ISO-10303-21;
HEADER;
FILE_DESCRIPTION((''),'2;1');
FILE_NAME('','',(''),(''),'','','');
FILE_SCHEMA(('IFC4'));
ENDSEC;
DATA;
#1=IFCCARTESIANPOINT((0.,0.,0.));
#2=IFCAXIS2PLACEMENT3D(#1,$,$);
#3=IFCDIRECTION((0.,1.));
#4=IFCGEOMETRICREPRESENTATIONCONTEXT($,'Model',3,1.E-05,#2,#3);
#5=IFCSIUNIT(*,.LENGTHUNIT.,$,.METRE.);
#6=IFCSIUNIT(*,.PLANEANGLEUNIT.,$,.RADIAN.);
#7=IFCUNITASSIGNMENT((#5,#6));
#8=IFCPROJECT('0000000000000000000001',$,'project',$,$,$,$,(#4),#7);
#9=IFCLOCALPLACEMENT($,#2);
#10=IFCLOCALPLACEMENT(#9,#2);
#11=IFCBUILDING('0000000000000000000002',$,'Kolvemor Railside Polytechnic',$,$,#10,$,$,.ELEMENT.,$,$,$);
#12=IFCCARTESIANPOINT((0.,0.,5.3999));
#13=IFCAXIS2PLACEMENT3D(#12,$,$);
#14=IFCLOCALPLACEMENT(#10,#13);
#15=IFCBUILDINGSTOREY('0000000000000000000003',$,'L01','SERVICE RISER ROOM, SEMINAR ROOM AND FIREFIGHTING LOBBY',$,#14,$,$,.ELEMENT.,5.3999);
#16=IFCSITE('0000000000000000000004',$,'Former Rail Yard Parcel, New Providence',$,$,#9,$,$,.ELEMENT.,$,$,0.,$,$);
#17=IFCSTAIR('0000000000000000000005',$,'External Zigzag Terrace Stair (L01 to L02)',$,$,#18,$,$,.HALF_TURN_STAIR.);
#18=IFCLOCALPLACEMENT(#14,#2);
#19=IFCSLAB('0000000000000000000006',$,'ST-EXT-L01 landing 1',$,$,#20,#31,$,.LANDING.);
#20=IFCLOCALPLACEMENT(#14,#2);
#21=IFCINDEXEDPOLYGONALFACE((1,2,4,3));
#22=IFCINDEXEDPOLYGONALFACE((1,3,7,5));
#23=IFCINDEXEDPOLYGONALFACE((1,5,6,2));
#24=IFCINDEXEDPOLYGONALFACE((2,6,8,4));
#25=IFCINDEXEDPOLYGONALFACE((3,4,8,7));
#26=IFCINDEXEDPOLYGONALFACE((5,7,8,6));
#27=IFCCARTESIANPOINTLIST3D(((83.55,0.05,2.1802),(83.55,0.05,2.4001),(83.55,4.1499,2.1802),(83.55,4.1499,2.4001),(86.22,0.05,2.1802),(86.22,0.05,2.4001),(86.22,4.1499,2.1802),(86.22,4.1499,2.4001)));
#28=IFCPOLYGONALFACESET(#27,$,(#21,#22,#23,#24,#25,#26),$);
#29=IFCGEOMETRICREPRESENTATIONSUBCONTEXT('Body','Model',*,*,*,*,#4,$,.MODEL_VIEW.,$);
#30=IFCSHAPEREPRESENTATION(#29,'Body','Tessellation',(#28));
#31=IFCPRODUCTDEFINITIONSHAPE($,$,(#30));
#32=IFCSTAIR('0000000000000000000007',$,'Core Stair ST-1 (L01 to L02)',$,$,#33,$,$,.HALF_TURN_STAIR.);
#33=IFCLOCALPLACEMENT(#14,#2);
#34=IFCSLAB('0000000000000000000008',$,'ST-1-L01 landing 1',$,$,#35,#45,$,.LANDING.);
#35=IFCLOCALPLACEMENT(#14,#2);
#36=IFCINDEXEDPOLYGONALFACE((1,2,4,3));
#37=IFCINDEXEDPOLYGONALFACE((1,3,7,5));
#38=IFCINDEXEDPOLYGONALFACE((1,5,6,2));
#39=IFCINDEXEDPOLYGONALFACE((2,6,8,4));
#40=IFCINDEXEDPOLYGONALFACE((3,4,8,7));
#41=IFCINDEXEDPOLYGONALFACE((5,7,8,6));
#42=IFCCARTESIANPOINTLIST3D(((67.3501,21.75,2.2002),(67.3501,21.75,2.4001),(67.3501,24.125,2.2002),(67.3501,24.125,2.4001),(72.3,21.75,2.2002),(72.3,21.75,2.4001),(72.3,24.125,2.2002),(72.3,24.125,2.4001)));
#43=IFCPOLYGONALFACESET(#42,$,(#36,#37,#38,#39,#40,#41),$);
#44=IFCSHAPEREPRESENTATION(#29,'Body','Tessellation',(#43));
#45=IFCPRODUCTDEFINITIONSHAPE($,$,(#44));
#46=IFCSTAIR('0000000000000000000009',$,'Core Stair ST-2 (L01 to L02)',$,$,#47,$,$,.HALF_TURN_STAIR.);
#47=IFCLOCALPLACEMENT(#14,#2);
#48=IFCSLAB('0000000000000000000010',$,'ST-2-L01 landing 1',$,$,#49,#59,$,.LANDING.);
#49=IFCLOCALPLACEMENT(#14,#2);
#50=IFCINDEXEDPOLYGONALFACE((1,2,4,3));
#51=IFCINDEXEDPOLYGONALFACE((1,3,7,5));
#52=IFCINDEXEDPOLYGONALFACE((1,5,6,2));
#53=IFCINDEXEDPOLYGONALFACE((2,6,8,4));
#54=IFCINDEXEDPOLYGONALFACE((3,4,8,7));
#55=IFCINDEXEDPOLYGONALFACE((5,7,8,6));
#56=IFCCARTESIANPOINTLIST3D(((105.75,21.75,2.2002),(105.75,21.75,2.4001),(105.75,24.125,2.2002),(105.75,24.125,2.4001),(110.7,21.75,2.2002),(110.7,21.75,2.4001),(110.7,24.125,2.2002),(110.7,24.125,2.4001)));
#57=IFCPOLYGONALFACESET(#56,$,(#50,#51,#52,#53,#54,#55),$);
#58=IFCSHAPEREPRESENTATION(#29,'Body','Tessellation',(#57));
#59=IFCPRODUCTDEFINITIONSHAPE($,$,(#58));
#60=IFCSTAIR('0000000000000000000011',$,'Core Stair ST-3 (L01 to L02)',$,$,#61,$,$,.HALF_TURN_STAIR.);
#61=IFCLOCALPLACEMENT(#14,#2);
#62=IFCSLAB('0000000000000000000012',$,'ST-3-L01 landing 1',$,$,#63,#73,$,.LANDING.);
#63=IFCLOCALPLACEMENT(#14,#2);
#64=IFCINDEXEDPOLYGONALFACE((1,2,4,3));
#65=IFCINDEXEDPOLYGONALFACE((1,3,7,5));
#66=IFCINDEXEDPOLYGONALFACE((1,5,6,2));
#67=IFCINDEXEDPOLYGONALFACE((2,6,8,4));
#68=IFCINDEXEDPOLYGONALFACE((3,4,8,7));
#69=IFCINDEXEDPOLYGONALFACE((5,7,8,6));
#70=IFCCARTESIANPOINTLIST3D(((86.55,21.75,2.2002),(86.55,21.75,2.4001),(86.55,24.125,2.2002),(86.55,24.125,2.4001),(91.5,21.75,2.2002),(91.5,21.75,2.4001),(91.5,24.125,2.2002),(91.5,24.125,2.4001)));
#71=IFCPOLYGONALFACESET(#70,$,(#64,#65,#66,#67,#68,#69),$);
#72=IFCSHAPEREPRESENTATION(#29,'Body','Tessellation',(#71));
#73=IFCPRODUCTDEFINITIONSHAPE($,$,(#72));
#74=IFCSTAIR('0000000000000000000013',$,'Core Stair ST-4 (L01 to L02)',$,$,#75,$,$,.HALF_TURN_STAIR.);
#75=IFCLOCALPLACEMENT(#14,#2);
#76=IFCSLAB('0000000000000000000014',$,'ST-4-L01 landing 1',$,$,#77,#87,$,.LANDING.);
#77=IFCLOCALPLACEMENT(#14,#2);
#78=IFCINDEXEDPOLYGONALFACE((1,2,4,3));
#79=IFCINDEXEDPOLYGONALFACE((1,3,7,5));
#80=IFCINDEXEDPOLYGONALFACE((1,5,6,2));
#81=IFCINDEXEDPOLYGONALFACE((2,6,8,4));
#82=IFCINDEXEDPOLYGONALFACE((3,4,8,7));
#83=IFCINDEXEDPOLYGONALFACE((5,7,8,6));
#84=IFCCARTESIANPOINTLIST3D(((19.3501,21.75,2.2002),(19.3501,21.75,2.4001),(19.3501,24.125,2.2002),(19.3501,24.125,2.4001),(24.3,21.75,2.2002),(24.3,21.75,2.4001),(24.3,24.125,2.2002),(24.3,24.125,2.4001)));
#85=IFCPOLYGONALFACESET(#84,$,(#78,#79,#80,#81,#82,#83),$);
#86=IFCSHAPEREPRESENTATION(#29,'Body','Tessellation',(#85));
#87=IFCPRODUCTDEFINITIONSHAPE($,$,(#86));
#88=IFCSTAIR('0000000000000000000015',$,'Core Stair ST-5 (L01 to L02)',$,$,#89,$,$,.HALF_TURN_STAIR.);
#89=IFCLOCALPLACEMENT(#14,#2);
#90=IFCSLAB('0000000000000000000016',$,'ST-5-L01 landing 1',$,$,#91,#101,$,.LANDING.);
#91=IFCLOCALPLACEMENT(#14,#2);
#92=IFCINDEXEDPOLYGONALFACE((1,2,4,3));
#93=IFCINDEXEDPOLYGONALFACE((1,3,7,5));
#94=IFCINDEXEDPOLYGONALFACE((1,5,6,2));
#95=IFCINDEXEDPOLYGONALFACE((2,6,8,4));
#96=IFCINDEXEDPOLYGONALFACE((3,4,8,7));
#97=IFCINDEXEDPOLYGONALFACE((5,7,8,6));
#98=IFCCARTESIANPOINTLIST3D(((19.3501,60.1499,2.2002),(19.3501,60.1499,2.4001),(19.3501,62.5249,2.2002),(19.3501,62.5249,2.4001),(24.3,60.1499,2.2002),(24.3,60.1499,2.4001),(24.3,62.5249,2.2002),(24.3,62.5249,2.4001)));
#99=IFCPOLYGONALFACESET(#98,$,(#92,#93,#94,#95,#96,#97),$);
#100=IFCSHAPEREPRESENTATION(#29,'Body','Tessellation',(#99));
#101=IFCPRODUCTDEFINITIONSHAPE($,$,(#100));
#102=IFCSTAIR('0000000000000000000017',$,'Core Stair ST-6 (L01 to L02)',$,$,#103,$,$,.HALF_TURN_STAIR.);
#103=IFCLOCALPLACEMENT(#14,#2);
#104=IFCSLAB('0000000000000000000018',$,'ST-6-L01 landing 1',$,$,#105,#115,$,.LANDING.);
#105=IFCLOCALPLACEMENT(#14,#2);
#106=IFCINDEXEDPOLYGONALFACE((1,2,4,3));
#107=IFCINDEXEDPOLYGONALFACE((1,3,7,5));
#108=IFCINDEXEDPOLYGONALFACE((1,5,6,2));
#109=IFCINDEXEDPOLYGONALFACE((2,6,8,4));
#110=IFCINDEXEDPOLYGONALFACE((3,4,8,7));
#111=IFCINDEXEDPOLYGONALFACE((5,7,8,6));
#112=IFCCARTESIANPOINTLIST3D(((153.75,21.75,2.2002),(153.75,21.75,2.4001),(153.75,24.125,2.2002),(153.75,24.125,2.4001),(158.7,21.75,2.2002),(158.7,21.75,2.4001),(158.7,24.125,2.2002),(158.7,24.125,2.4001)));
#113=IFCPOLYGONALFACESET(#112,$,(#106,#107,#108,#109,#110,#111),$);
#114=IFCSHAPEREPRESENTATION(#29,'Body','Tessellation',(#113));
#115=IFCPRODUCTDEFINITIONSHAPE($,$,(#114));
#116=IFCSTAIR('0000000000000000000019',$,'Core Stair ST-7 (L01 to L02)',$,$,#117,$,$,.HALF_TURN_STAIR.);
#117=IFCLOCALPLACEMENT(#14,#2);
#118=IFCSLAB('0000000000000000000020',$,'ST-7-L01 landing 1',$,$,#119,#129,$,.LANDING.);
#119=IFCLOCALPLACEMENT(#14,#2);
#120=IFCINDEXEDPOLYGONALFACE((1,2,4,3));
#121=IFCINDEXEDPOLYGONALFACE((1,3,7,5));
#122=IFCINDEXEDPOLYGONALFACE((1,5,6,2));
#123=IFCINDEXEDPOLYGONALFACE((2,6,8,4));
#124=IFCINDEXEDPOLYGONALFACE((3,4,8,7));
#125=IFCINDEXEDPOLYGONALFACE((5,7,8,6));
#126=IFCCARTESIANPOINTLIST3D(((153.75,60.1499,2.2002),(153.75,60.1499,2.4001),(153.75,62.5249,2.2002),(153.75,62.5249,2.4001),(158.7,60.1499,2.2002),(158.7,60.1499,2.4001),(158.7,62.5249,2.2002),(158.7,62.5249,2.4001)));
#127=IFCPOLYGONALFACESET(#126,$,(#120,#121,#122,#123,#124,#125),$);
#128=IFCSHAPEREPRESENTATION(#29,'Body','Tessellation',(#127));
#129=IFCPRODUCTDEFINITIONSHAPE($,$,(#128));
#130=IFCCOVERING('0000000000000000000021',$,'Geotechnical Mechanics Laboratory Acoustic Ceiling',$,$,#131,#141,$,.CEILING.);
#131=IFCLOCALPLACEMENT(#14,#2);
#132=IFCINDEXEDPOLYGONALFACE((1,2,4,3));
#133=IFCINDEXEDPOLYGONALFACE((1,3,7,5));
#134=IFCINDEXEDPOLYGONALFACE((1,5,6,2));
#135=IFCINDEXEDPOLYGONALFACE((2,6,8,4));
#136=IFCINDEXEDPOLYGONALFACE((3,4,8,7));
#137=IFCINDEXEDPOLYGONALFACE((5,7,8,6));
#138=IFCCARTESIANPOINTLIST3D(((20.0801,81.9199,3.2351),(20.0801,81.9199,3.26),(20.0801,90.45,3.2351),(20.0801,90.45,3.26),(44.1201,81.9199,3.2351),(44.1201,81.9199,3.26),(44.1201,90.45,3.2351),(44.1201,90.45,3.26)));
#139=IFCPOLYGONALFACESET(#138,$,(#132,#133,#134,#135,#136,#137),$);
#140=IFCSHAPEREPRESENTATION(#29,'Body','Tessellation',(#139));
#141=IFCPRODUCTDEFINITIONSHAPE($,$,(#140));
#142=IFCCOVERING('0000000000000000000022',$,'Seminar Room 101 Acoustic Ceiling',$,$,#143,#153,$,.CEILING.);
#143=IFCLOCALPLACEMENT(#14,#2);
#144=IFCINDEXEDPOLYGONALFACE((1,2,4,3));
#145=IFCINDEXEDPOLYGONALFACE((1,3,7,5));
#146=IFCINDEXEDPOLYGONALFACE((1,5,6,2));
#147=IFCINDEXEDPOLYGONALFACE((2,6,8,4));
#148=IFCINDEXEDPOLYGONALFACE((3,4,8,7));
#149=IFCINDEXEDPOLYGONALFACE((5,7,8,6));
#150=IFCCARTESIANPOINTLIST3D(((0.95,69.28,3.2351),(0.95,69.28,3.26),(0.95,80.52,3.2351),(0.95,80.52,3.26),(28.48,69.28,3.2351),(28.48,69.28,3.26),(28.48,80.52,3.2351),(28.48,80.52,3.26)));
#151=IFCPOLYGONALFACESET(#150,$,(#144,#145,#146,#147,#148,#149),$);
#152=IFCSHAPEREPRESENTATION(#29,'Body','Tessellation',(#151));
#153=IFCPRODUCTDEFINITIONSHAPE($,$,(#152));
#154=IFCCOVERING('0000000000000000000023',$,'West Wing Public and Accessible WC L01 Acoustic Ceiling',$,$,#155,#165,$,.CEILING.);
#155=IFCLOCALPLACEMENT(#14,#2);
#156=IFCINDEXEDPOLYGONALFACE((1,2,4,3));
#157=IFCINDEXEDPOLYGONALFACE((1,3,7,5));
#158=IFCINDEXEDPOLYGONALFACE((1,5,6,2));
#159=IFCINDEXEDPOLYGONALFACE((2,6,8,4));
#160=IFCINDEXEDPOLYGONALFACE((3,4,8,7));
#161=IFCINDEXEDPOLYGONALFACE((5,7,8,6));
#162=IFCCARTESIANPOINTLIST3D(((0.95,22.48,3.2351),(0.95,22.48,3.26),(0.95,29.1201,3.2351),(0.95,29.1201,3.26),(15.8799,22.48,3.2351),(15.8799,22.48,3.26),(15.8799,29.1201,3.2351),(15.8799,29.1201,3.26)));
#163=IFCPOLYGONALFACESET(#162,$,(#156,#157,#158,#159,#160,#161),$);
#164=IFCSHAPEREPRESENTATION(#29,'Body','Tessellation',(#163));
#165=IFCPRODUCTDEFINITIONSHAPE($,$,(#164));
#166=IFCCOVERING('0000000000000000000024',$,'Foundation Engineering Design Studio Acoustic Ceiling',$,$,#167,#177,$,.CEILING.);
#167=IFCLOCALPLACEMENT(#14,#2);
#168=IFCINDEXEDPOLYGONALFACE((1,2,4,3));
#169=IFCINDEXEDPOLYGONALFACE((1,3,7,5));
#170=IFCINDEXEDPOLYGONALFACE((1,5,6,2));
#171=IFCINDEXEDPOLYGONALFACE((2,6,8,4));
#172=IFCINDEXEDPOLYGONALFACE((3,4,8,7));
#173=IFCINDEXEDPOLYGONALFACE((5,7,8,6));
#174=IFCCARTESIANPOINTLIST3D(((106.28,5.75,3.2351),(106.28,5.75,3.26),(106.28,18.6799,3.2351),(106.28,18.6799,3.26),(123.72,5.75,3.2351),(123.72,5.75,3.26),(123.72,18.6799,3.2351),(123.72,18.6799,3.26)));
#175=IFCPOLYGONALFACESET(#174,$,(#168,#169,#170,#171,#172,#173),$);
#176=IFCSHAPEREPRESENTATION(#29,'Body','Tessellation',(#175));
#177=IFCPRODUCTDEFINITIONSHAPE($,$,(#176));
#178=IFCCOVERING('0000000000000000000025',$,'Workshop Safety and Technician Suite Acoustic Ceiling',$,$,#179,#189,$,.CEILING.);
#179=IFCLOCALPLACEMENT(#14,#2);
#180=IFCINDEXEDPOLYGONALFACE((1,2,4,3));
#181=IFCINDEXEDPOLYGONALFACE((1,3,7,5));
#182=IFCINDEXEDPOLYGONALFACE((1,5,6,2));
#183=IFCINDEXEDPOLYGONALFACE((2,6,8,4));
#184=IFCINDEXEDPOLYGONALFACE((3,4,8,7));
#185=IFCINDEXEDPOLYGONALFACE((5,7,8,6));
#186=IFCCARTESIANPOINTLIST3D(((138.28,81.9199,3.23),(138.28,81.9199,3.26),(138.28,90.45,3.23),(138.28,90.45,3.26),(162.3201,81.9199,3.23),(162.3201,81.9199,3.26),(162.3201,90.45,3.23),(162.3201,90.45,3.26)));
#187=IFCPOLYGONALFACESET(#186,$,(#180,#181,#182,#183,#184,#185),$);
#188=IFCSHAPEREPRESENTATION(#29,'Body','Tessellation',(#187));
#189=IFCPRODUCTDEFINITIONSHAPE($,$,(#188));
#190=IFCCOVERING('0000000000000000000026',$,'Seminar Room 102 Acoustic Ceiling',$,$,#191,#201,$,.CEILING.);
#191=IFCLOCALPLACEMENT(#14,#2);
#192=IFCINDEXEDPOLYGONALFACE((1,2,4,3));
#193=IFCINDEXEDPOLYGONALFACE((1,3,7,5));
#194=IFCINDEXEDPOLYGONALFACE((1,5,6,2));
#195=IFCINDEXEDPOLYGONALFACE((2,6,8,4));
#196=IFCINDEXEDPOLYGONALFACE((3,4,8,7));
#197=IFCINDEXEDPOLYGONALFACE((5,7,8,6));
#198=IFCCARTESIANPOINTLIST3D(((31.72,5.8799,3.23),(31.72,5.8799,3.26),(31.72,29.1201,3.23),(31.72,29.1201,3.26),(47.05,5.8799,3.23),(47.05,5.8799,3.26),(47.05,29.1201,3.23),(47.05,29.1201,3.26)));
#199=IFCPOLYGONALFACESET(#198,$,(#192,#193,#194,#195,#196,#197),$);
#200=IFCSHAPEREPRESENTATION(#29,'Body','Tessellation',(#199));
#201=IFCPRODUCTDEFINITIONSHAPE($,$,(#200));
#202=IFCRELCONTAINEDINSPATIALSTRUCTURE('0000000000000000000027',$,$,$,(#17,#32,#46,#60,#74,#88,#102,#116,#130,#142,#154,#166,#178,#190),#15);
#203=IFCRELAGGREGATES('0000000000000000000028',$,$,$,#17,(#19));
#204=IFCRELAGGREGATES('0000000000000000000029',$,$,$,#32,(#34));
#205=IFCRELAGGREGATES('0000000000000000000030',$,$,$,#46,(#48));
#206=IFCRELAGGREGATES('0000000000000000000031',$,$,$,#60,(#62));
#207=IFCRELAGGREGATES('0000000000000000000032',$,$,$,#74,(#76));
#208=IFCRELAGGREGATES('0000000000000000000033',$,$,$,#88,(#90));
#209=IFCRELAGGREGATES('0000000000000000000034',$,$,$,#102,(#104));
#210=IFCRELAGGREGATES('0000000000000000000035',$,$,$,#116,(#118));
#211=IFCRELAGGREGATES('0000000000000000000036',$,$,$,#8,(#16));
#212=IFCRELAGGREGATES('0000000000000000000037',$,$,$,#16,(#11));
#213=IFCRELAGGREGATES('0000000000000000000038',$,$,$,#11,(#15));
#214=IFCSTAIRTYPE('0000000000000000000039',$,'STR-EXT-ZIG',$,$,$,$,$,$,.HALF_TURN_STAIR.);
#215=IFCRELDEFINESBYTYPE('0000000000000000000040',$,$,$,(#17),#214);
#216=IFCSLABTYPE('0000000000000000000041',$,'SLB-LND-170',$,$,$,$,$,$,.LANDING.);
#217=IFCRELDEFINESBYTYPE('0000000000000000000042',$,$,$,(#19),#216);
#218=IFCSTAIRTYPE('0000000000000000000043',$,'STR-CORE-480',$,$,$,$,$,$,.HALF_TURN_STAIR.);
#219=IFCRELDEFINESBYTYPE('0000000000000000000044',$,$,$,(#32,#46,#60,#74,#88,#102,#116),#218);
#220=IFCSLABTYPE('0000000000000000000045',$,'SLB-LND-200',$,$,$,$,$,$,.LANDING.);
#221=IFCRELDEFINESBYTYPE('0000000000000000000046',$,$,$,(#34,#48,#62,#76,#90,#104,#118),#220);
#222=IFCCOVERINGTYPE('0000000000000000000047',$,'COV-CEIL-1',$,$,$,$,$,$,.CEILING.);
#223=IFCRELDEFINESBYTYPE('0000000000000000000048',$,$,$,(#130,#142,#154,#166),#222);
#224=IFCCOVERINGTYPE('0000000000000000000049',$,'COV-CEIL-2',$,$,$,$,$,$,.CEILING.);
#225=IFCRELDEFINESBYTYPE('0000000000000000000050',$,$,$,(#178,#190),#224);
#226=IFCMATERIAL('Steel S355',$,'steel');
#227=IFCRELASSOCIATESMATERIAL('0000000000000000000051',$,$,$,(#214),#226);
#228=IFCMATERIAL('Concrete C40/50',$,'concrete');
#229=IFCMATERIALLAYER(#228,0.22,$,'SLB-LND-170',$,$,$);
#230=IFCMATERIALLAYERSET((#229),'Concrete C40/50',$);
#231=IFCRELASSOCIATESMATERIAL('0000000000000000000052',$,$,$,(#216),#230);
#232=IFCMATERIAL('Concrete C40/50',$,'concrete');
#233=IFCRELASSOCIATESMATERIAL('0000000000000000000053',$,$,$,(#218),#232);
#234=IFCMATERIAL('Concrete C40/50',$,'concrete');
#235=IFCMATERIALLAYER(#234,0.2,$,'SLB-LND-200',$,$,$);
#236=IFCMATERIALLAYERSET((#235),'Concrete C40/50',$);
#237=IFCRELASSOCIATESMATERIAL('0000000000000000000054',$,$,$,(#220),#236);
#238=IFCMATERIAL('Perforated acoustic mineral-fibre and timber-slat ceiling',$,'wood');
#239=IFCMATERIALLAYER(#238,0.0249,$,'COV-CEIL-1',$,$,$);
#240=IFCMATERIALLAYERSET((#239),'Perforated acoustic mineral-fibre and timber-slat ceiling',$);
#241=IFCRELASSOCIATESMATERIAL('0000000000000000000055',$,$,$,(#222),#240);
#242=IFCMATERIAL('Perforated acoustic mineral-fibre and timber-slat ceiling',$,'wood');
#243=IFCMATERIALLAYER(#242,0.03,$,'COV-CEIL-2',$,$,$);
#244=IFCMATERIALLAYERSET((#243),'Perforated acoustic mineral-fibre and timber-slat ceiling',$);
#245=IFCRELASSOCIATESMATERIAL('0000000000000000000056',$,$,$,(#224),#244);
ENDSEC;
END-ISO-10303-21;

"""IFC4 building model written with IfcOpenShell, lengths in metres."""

from ifc_helpers import new_model, si_unit, direction, frame, origin, place, context, subcontext, project, spatial, polyline, outline, extrude, material, layer, layer_set, type_object, element, aggregate, save


model = new_model("IFC4")

# Units and contexts
model_context = context("Model", 3, precision=1e-05, world=origin(), true_north=direction((0.0, 1.0)))
body_context = subcontext(model_context, "Body", "Model", "MODEL_VIEW")
ifc_project = project(units=[si_unit("LENGTHUNIT", "METRE"), si_unit("PLANEANGLEUNIT", "RADIAN")], contexts=[model_context])

# Site, building, storey
site_placement = place(None, origin())
site = spatial("IfcSite", under=ifc_project, at=site_placement, Name="Former Rail Yard Parcel, New Providence", CompositionType="ELEMENT", RefElevation=0.0)
building_placement = place(site_placement, origin())
building = spatial("IfcBuilding", under=site, at=building_placement, Name="Kolvemor Railside Polytechnic", CompositionType="ELEMENT")
storey_placement = place(building_placement, frame((0.0, 0.0, 5.3999)))
storey = spatial("IfcBuildingStorey", under=building, at=storey_placement, Name="L01", Description="SERVICE RISER ROOM, SEMINAR ROOM AND FIREFIGHTING LOBBY", CompositionType="ELEMENT", Elevation=5.3999)

# Stairs, slabs
ifc_material_1 = material(Name="Steel S355", Category="steel")
stair_type_1 = type_object("IfcStairType", Name="STR-EXT-ZIG", PredefinedType="HALF_TURN_STAIR", material=ifc_material_1)
stair_1_placement = place(storey_placement, origin())
stair_1 = element("IfcStair", 1, at=stair_1_placement, inside=storey, type_object=stair_type_1, Name="External Zigzag Terrace Stair (L01 to L02)", PredefinedType="HALF_TURN_STAIR")
ifc_material_2 = material(Name="Concrete C40/50", Category="concrete")
ifc_layer_1 = layer(ifc_material_2, 0.22, Name="SLB-LND-170")
ifc_layer_set_1 = layer_set([ifc_layer_1], Name="Concrete C40/50")
slab_type_1 = type_object("IfcSlabType", Name="SLB-LND-170", PredefinedType="LANDING", material=ifc_layer_set_1)
slab_1_placement = place(storey_placement, frame((0.0, 0.0, 2.1802)))
slab_1 = element("IfcSlab", 2, at=slab_1_placement, type_object=slab_type_1, Name="ST-EXT-L01 landing 1", PredefinedType="LANDING", context=body_context, shape_type="SweptSolid", body=[
    extrude(outline(polyline([(83.55, 0.05), (86.22, 0.05), (86.22, 4.1499), (83.55, 4.1499), (83.55, 0.05)])), origin(), (0.0, 0.0, 1.0), 0.22),
])
aggregate(stair_1, [slab_1])
ifc_material_3 = material(Name="Concrete C40/50", Category="concrete")
stair_type_2 = type_object("IfcStairType", Name="STR-CORE-480", PredefinedType="HALF_TURN_STAIR", material=ifc_material_3)
stair_2_placement = place(storey_placement, origin())
stair_2 = element("IfcStair", 3, at=stair_2_placement, inside=storey, type_object=stair_type_2, Name="Core Stair ST-1 (L01 to L02)", PredefinedType="HALF_TURN_STAIR")
ifc_material_4 = material(Name="Concrete C40/50", Category="concrete")
ifc_layer_2 = layer(ifc_material_4, 0.2, Name="SLB-LND-200")
ifc_layer_set_2 = layer_set([ifc_layer_2], Name="Concrete C40/50")
slab_type_2 = type_object("IfcSlabType", Name="SLB-LND-200", PredefinedType="LANDING", material=ifc_layer_set_2)
slab_2_placement = place(storey_placement, frame((0.0, 0.0, 2.2002)))
slab_2 = element("IfcSlab", 4, at=slab_2_placement, type_object=slab_type_2, Name="ST-1-L01 landing 1", PredefinedType="LANDING", context=body_context, shape_type="SweptSolid", body=[
    extrude(outline(polyline([(67.3501, 21.75), (72.3, 21.75), (72.3, 24.125), (67.3501, 24.125), (67.3501, 21.75)])), origin(), (0.0, 0.0, 1.0), 0.2),
])
aggregate(stair_2, [slab_2])
stair_3_placement = place(storey_placement, origin())
stair_3 = element("IfcStair", 5, at=stair_3_placement, inside=storey, type_object=stair_type_2, Name="Core Stair ST-2 (L01 to L02)", PredefinedType="HALF_TURN_STAIR")
slab_3_placement = place(storey_placement, frame((0.0, 0.0, 2.2002)))
slab_3 = element("IfcSlab", 6, at=slab_3_placement, type_object=slab_type_2, Name="ST-2-L01 landing 1", PredefinedType="LANDING", context=body_context, shape_type="SweptSolid", body=[
    extrude(outline(polyline([(105.75, 21.75), (110.7, 21.75), (110.7, 24.125), (105.75, 24.125), (105.75, 21.75)])), origin(), (0.0, 0.0, 1.0), 0.2),
])
aggregate(stair_3, [slab_3])
stair_4_placement = place(storey_placement, origin())
stair_4 = element("IfcStair", 7, at=stair_4_placement, inside=storey, type_object=stair_type_2, Name="Core Stair ST-3 (L01 to L02)", PredefinedType="HALF_TURN_STAIR")
slab_4_placement = place(storey_placement, frame((0.0, 0.0, 2.2002)))
slab_4 = element("IfcSlab", 8, at=slab_4_placement, type_object=slab_type_2, Name="ST-3-L01 landing 1", PredefinedType="LANDING", context=body_context, shape_type="SweptSolid", body=[
    extrude(outline(polyline([(86.55, 21.75), (91.5, 21.75), (91.5, 24.125), (86.55, 24.125), (86.55, 21.75)])), origin(), (0.0, 0.0, 1.0), 0.2),
])
aggregate(stair_4, [slab_4])
stair_5_placement = place(storey_placement, origin())
stair_5 = element("IfcStair", 9, at=stair_5_placement, inside=storey, type_object=stair_type_2, Name="Core Stair ST-4 (L01 to L02)", PredefinedType="HALF_TURN_STAIR")
slab_5_placement = place(storey_placement, frame((0.0, 0.0, 2.2002)))
slab_5 = element("IfcSlab", 10, at=slab_5_placement, type_object=slab_type_2, Name="ST-4-L01 landing 1", PredefinedType="LANDING", context=body_context, shape_type="SweptSolid", body=[
    extrude(outline(polyline([(19.3501, 21.75), (24.3, 21.75), (24.3, 24.125), (19.3501, 24.125), (19.3501, 21.75)])), origin(), (0.0, 0.0, 1.0), 0.2),
])
aggregate(stair_5, [slab_5])
stair_6_placement = place(storey_placement, origin())
stair_6 = element("IfcStair", 11, at=stair_6_placement, inside=storey, type_object=stair_type_2, Name="Core Stair ST-5 (L01 to L02)", PredefinedType="HALF_TURN_STAIR")
slab_6_placement = place(storey_placement, frame((0.0, 0.0, 2.2002)))
slab_6 = element("IfcSlab", 12, at=slab_6_placement, type_object=slab_type_2, Name="ST-5-L01 landing 1", PredefinedType="LANDING", context=body_context, shape_type="SweptSolid", body=[
    extrude(outline(polyline([(19.3501, 60.1499), (24.3, 60.1499), (24.3, 62.5249), (19.3501, 62.5249), (19.3501, 60.1499)])), origin(), (0.0, 0.0, 1.0), 0.2),
])
aggregate(stair_6, [slab_6])
stair_7_placement = place(storey_placement, origin())
stair_7 = element("IfcStair", 13, at=stair_7_placement, inside=storey, type_object=stair_type_2, Name="Core Stair ST-6 (L01 to L02)", PredefinedType="HALF_TURN_STAIR")
slab_7_placement = place(storey_placement, frame((0.0, 0.0, 2.2002)))
slab_7 = element("IfcSlab", 14, at=slab_7_placement, type_object=slab_type_2, Name="ST-6-L01 landing 1", PredefinedType="LANDING", context=body_context, shape_type="SweptSolid", body=[
    extrude(outline(polyline([(153.75, 21.75), (158.7, 21.75), (158.7, 24.125), (153.75, 24.125), (153.75, 21.75)])), origin(), (0.0, 0.0, 1.0), 0.2),
])
aggregate(stair_7, [slab_7])
stair_8_placement = place(storey_placement, origin())
stair_8 = element("IfcStair", 15, at=stair_8_placement, inside=storey, type_object=stair_type_2, Name="Core Stair ST-7 (L01 to L02)", PredefinedType="HALF_TURN_STAIR")
slab_8_placement = place(storey_placement, frame((0.0, 0.0, 2.2002)))
slab_8 = element("IfcSlab", 16, at=slab_8_placement, type_object=slab_type_2, Name="ST-7-L01 landing 1", PredefinedType="LANDING", context=body_context, shape_type="SweptSolid", body=[
    extrude(outline(polyline([(153.75, 60.1499), (158.7, 60.1499), (158.7, 62.5249), (153.75, 62.5249), (153.75, 60.1499)])), origin(), (0.0, 0.0, 1.0), 0.2),
])
aggregate(stair_8, [slab_8])

# Coverings
ifc_material_5 = material(Name="Perforated acoustic mineral-fibre and timber-slat ceiling", Category="wood")
ifc_layer_3 = layer(ifc_material_5, 0.0249, Name="COV-CEIL-1")
ifc_layer_set_3 = layer_set([ifc_layer_3], Name="Perforated acoustic mineral-fibre and timber-slat ceiling")
covering_type_1 = type_object("IfcCoveringType", Name="COV-CEIL-1", PredefinedType="CEILING", material=ifc_layer_set_3)
covering_1_placement = place(storey_placement, frame((0.0, 0.0, 3.2351)))
element("IfcCovering", 17, at=covering_1_placement, inside=storey, type_object=covering_type_1, Name="Geotechnical Mechanics Laboratory Acoustic Ceiling", PredefinedType="CEILING", context=body_context, shape_type="SweptSolid", body=[
    extrude(outline(polyline([(20.0801, 81.9199), (44.1201, 81.9199), (44.1201, 90.45), (20.0801, 90.45), (20.0801, 81.9199)])), origin(), (0.0, 0.0, 1.0), 0.0249),
])
covering_2_placement = place(storey_placement, frame((0.0, 0.0, 3.2351)))
element("IfcCovering", 18, at=covering_2_placement, inside=storey, type_object=covering_type_1, Name="Seminar Room 101 Acoustic Ceiling", PredefinedType="CEILING", context=body_context, shape_type="SweptSolid", body=[
    extrude(outline(polyline([(0.95, 69.28), (28.48, 69.28), (28.48, 80.52), (0.95, 80.52), (0.95, 69.28)])), origin(), (0.0, 0.0, 1.0), 0.0249),
])
covering_3_placement = place(storey_placement, frame((0.0, 0.0, 3.2351)))
element("IfcCovering", 19, at=covering_3_placement, inside=storey, type_object=covering_type_1, Name="West Wing Public and Accessible WC L01 Acoustic Ceiling", PredefinedType="CEILING", context=body_context, shape_type="SweptSolid", body=[
    extrude(outline(polyline([(0.95, 22.48), (15.8799, 22.48), (15.8799, 29.1201), (0.95, 29.1201), (0.95, 22.48)])), origin(), (0.0, 0.0, 1.0), 0.0249),
])
covering_4_placement = place(storey_placement, frame((0.0, 0.0, 3.2351)))
element("IfcCovering", 20, at=covering_4_placement, inside=storey, type_object=covering_type_1, Name="Foundation Engineering Design Studio Acoustic Ceiling", PredefinedType="CEILING", context=body_context, shape_type="SweptSolid", body=[
    extrude(outline(polyline([(106.28, 5.75), (123.72, 5.75), (123.72, 18.6799), (106.28, 18.6799), (106.28, 5.75)])), origin(), (0.0, 0.0, 1.0), 0.0249),
])
ifc_material_6 = material(Name="Perforated acoustic mineral-fibre and timber-slat ceiling", Category="wood")
ifc_layer_4 = layer(ifc_material_6, 0.03, Name="COV-CEIL-2")
ifc_layer_set_4 = layer_set([ifc_layer_4], Name="Perforated acoustic mineral-fibre and timber-slat ceiling")
covering_type_2 = type_object("IfcCoveringType", Name="COV-CEIL-2", PredefinedType="CEILING", material=ifc_layer_set_4)
covering_5_placement = place(storey_placement, frame((0.0, 0.0, 3.23)))
element("IfcCovering", 21, at=covering_5_placement, inside=storey, type_object=covering_type_2, Name="Workshop Safety and Technician Suite Acoustic Ceiling", PredefinedType="CEILING", context=body_context, shape_type="SweptSolid", body=[
    extrude(outline(polyline([(138.28, 81.9199), (162.3201, 81.9199), (162.3201, 90.45), (138.28, 90.45), (138.28, 81.9199)])), origin(), (0.0, 0.0, 1.0), 0.03),
])
covering_6_placement = place(storey_placement, frame((0.0, 0.0, 3.23)))
element("IfcCovering", 22, at=covering_6_placement, inside=storey, type_object=covering_type_2, Name="Seminar Room 102 Acoustic Ceiling", PredefinedType="CEILING", context=body_context, shape_type="SweptSolid", body=[
    extrude(outline(polyline([(31.72, 5.8799), (47.05, 5.8799), (47.05, 29.1201), (31.72, 29.1201), (31.72, 5.8799)])), origin(), (0.0, 0.0, 1.0), 0.03),
])

save(model, "model.ifc")
